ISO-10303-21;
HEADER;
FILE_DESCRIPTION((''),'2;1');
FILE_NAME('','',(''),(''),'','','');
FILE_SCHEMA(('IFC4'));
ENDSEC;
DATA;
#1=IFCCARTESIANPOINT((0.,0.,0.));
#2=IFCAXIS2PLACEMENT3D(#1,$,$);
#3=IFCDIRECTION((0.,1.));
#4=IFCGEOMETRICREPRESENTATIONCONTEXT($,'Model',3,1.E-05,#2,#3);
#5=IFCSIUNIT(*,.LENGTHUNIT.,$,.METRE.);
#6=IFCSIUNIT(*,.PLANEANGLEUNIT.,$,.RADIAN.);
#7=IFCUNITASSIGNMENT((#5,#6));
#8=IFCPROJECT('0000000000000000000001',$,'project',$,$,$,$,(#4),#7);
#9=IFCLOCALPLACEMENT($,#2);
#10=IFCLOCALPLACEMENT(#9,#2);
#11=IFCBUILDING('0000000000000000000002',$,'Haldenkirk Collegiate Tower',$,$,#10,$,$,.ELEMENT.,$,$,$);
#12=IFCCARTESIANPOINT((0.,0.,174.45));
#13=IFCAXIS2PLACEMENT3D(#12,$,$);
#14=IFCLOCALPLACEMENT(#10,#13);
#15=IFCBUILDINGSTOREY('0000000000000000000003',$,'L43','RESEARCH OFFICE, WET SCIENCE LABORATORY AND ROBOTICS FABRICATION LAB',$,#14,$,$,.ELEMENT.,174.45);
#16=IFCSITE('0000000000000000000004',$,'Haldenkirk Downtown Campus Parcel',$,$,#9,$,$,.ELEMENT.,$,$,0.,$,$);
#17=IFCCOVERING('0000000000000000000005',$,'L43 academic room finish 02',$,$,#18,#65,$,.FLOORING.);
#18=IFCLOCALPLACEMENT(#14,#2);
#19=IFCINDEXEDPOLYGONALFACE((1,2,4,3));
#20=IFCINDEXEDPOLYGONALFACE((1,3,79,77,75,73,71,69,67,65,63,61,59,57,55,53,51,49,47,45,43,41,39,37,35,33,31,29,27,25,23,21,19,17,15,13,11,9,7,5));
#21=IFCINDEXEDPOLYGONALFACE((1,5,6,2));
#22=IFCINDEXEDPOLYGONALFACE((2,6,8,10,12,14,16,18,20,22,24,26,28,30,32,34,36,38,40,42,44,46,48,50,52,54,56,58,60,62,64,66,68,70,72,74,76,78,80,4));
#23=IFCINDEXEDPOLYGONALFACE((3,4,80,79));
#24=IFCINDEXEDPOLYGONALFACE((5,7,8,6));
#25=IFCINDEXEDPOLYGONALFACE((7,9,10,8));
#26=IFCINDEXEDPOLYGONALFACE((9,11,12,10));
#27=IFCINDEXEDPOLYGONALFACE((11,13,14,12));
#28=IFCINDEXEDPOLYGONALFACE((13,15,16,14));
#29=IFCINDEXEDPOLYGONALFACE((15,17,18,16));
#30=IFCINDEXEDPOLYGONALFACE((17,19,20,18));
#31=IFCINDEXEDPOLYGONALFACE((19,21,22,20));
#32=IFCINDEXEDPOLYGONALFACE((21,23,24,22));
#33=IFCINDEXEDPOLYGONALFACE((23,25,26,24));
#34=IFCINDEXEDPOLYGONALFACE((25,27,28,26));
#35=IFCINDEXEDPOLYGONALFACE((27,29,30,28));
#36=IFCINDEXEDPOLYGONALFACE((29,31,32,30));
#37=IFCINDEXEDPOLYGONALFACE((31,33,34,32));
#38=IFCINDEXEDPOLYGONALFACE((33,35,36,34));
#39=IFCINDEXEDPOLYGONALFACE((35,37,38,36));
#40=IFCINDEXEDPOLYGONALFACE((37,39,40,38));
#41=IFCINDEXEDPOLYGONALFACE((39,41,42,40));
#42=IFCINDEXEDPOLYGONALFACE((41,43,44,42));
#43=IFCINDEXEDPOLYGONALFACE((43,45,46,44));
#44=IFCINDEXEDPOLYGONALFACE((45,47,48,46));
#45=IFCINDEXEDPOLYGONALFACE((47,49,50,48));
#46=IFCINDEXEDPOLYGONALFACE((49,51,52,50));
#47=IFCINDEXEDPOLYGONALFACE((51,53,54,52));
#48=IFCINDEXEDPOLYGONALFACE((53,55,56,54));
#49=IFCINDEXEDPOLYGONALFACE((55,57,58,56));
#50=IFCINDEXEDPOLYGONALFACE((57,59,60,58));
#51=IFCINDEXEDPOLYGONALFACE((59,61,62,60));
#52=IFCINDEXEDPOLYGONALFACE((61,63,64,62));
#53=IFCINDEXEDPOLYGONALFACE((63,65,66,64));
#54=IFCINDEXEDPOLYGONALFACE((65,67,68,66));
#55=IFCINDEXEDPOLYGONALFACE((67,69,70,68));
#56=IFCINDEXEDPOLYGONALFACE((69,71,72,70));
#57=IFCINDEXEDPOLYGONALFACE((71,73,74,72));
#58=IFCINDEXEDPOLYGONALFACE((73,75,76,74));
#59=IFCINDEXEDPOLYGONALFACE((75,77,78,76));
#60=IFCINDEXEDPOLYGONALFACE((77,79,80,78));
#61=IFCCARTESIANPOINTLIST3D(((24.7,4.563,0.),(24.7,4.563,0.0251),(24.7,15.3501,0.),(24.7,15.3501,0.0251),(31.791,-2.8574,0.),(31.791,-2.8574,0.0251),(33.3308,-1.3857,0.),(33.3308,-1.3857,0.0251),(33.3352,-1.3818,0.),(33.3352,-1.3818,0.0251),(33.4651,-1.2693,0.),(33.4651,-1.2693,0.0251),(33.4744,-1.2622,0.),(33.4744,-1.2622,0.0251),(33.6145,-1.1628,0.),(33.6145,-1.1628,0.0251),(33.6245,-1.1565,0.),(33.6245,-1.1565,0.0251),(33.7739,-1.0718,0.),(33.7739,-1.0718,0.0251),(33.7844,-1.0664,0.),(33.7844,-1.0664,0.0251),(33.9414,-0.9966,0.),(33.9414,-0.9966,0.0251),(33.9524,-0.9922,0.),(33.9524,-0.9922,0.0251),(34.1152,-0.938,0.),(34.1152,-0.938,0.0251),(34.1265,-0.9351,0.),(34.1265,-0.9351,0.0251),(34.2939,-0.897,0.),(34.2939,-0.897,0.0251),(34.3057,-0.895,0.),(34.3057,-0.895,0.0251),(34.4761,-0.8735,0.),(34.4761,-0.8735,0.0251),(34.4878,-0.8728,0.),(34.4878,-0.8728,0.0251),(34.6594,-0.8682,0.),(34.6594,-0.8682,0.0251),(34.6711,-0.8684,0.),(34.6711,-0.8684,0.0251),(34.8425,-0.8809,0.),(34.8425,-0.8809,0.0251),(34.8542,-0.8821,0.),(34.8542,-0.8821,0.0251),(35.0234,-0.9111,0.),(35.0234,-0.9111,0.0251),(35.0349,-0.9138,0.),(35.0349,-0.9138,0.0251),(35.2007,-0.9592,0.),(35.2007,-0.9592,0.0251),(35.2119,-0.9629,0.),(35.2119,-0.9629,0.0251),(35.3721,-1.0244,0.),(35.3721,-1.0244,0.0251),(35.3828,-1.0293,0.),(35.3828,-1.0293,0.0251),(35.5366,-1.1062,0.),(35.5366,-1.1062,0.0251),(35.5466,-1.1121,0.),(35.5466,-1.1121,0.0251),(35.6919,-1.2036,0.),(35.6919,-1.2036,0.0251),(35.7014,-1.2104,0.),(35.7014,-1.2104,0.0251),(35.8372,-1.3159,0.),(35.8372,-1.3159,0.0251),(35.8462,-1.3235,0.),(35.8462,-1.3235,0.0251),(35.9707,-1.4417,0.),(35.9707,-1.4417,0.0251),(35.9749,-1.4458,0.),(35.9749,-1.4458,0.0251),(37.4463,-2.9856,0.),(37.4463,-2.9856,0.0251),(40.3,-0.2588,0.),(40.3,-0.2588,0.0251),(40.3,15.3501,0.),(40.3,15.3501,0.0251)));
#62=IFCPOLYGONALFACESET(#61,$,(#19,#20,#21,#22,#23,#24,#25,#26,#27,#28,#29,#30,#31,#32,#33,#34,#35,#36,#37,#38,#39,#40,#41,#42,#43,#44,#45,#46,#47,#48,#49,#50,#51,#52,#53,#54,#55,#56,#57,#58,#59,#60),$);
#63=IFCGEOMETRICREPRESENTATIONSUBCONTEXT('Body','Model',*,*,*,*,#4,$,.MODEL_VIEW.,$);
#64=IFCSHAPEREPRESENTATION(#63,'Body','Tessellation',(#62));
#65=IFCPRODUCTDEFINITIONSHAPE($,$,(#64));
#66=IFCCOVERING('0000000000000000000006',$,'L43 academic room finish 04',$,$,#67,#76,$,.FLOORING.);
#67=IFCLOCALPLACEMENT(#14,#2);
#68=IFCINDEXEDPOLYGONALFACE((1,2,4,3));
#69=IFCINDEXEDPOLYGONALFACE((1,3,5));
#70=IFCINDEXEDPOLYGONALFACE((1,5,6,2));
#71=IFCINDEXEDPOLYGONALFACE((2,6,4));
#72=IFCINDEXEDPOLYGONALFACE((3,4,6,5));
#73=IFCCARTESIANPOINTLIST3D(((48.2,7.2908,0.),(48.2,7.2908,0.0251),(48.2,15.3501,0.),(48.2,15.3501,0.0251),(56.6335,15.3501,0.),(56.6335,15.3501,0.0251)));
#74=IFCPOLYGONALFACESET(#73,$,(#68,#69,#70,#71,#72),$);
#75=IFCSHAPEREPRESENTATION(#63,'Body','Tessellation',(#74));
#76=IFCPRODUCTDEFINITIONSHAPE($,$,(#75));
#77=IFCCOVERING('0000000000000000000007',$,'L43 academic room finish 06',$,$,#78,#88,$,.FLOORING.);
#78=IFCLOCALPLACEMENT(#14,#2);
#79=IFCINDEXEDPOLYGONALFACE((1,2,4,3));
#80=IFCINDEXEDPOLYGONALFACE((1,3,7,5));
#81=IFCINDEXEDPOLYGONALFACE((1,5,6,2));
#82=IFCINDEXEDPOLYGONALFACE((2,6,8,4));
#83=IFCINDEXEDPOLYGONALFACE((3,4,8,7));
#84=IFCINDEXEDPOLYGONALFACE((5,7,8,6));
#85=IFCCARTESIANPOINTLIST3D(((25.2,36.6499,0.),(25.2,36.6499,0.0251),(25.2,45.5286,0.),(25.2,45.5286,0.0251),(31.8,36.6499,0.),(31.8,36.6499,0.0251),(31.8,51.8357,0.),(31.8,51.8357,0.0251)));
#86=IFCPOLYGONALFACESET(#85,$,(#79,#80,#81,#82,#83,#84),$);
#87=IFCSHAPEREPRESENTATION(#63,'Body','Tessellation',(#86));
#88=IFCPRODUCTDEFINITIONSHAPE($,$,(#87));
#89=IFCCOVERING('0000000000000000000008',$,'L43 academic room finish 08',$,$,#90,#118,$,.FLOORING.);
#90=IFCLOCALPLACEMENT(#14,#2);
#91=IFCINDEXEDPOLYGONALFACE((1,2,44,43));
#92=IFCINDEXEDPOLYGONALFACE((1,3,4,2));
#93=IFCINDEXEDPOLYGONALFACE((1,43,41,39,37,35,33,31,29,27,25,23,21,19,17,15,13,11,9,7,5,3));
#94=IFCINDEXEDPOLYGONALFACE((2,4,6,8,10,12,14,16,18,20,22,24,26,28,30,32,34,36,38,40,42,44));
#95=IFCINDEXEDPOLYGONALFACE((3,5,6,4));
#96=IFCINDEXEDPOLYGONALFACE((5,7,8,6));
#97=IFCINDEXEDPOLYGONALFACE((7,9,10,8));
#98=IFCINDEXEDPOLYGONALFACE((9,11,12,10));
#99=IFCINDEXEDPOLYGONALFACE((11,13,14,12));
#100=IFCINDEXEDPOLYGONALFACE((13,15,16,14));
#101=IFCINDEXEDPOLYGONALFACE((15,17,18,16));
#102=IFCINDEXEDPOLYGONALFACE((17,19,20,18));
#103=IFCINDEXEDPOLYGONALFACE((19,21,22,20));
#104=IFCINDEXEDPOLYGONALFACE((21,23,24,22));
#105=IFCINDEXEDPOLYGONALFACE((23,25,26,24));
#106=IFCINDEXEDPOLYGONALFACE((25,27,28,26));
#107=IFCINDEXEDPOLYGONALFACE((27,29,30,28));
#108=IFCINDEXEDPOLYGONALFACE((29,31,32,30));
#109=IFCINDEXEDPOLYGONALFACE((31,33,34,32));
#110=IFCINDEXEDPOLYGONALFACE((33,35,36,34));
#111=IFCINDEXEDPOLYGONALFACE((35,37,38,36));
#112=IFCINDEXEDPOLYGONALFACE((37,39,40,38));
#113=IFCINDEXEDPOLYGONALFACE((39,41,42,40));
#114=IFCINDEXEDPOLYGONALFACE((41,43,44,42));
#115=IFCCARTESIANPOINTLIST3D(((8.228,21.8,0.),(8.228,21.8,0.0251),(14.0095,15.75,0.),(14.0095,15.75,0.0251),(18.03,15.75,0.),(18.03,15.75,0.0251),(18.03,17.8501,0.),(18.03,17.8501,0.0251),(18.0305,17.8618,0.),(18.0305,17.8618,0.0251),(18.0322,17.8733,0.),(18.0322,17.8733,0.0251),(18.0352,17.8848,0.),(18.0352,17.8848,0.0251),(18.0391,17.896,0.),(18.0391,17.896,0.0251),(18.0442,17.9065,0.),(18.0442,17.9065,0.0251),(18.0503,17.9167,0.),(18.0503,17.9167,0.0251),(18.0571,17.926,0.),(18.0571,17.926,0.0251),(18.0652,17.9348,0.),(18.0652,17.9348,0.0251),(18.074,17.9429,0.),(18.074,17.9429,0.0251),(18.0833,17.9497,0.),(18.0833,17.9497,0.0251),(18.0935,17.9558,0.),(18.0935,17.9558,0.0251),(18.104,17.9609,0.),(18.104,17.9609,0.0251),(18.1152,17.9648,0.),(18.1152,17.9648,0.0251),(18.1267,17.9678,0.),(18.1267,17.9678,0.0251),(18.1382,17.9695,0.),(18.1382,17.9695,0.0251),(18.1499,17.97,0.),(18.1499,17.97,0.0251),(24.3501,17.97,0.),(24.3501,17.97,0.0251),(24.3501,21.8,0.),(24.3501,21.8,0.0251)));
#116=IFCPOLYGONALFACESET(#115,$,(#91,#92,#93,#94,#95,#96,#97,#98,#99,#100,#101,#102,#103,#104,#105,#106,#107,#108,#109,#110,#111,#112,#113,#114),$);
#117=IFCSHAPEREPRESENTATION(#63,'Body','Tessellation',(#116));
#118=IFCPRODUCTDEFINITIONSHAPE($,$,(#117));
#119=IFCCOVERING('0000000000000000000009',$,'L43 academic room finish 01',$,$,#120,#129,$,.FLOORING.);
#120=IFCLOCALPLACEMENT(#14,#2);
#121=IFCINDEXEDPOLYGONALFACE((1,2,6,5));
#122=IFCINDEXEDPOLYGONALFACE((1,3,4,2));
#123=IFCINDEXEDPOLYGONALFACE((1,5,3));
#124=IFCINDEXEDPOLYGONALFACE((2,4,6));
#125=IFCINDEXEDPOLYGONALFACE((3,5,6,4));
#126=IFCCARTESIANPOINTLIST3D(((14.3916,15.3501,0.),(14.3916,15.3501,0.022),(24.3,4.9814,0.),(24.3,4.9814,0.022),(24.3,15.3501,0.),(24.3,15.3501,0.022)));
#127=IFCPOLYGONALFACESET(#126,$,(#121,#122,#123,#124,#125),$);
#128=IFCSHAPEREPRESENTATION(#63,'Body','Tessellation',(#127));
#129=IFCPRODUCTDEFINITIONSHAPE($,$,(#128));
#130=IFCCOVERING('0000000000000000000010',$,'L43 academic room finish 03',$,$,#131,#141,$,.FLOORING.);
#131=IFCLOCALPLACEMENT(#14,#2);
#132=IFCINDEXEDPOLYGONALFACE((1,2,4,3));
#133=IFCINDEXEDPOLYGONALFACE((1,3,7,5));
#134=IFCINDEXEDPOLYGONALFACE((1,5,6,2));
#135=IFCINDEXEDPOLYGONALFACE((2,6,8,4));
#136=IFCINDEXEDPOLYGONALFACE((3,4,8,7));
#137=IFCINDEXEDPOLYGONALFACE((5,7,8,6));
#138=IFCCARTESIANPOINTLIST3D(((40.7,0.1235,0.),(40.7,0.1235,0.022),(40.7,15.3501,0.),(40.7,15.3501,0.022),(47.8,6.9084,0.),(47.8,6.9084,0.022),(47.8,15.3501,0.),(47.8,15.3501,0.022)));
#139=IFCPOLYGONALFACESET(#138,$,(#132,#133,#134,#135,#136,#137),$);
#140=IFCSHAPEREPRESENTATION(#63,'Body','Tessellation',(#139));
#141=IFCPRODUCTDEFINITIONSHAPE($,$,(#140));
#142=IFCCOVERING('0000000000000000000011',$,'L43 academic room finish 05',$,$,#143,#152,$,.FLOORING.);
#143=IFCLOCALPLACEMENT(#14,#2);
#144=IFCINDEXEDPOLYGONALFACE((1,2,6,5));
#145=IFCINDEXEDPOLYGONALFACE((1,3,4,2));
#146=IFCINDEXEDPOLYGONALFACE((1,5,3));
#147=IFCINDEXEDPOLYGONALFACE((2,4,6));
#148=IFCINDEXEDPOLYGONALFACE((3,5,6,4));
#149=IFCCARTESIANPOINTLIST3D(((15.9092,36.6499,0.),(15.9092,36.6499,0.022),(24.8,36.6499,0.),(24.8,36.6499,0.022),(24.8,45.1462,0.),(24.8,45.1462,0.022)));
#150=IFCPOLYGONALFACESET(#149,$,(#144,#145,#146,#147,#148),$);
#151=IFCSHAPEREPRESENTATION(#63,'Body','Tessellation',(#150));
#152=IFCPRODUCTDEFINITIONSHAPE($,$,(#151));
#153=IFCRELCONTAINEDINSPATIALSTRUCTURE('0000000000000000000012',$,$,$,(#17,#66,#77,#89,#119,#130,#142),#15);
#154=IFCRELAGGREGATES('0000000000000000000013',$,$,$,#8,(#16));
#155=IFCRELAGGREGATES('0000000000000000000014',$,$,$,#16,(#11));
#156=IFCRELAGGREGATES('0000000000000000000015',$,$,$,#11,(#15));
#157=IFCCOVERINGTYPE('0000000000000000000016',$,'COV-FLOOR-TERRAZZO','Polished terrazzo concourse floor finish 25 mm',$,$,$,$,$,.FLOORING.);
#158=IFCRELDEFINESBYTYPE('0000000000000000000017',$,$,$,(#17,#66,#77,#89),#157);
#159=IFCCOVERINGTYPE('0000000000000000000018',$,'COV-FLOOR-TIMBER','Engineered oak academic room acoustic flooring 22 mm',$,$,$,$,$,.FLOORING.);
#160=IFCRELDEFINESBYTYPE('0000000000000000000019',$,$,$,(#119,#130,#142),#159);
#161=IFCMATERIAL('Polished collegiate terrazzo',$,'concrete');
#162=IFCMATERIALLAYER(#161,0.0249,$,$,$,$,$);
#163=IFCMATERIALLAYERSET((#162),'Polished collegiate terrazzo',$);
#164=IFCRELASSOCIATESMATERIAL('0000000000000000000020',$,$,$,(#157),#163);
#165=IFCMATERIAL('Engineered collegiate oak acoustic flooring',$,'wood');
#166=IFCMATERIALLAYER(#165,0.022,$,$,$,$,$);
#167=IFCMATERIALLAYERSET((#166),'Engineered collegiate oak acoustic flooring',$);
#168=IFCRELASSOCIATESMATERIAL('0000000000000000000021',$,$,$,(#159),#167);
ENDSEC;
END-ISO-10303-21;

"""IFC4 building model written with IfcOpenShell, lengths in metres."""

from ifc_helpers import new_model, si_unit, direction, frame, origin, place, context, subcontext, project, spatial, polyline, outline, extrude, material, layer, layer_set, type_object, element, save


model = new_model("IFC4")

# Units and contexts
model_context = context("Model", 3, precision=1e-05, world=origin(), true_north=direction((0.0, 1.0)))
body_context = subcontext(model_context, "Body", "Model", "MODEL_VIEW")
ifc_project = project(units=[si_unit("LENGTHUNIT", "METRE"), si_unit("PLANEANGLEUNIT", "RADIAN")], contexts=[model_context])

# Site, building, storey
site_placement = place(None, origin())
site = spatial("IfcSite", under=ifc_project, at=site_placement, Name="Haldenkirk Downtown Campus Parcel", CompositionType="ELEMENT", RefElevation=0.0)
building_placement = place(site_placement, origin())
building = spatial("IfcBuilding", under=site, at=building_placement, Name="Haldenkirk Collegiate Tower", CompositionType="ELEMENT")
storey_placement = place(building_placement, frame((0.0, 0.0, 174.45)))
storey = spatial("IfcBuildingStorey", under=building, at=storey_placement, Name="L43", Description="RESEARCH OFFICE, WET SCIENCE LABORATORY AND ROBOTICS FABRICATION LAB", CompositionType="ELEMENT", Elevation=174.45)

# Coverings
ifc_material_1 = material(Name="Polished collegiate terrazzo", Category="concrete")
ifc_layer_1 = layer(ifc_material_1, 0.0249)
ifc_layer_set_1 = layer_set([ifc_layer_1], Name="Polished collegiate terrazzo")
covering_type_1 = type_object("IfcCoveringType", Name="COV-FLOOR-TERRAZZO", Description="Polished terrazzo concourse floor finish 25 mm", PredefinedType="FLOORING", material=ifc_layer_set_1)
covering_1_placement = place(storey_placement, origin())
element("IfcCovering", 1, at=covering_1_placement, inside=storey, type_object=covering_type_1, Name="L43 academic room finish 02", PredefinedType="FLOORING", context=body_context, shape_type="SweptSolid", body=[
    extrude(outline(polyline([(35.3828, -1.0293), (35.3721, -1.0244), (35.2119, -0.9629), (35.2007, -0.9592), (35.0349, -0.9138), (35.0234, -0.9111), (34.8542, -0.8821), (34.8425, -0.8809), (34.6711, -0.8684), (34.6594, -0.8682), (34.4878, -0.8728), (34.4761, -0.8735), (34.3057, -0.895), (34.2939, -0.897), (34.1265, -0.9351), (34.1152, -0.938), (33.9524, -0.9922), (33.9414, -0.9966), (33.7844, -1.0664), (33.7739, -1.0718), (33.6245, -1.1565), (33.6145, -1.1628), (33.4744, -1.2622), (33.4651, -1.2693), (33.3352, -1.3818), (33.3308, -1.3857), (31.791, -2.8574), (24.7, 4.563), (24.7, 15.3501), (40.3, 15.3501), (40.3, -0.2588), (37.4463, -2.9856), (35.9749, -1.4458), (35.9707, -1.4417), (35.8462, -1.3235), (35.8372, -1.3159), (35.7014, -1.2104), (35.6919, -1.2036), (35.5466, -1.1121), (35.5366, -1.1062), (35.3828, -1.0293)])), origin(), (0.0, 0.0, 1.0), 0.0251),
])
covering_2_placement = place(storey_placement, origin())
element("IfcCovering", 2, at=covering_2_placement, inside=storey, type_object=covering_type_1, Name="L43 academic room finish 04", PredefinedType="FLOORING", context=body_context, shape_type="SweptSolid", body=[
    extrude(outline(polyline([(48.2, 7.2908), (48.2, 15.3501), (56.6335, 15.3501), (48.2, 7.2908)])), origin(), (0.0, 0.0, 1.0), 0.0251),
])
covering_3_placement = place(storey_placement, origin())
element("IfcCovering", 3, at=covering_3_placement, inside=storey, type_object=covering_type_1, Name="L43 academic room finish 06", PredefinedType="FLOORING", context=body_context, shape_type="SweptSolid", body=[
    extrude(outline(polyline([(31.8, 51.8357), (31.8, 36.6499), (25.2, 36.6499), (25.2, 45.5286), (31.8, 51.8357)])), origin(), (0.0, 0.0, 1.0), 0.0251),
])
covering_4_placement = place(storey_placement, origin())
element("IfcCovering", 4, at=covering_4_placement, inside=storey, type_object=covering_type_1, Name="L43 academic room finish 08", PredefinedType="FLOORING", context=body_context, shape_type="SweptSolid", body=[
    extrude(outline(polyline([(18.1499, 17.97), (18.1382, 17.9695), (18.1267, 17.9678), (18.1152, 17.9648), (18.104, 17.9609), (18.0935, 17.9558), (18.0833, 17.9497), (18.074, 17.9429), (18.0652, 17.9348), (18.0571, 17.926), (18.0503, 17.9167), (18.0442, 17.9065), (18.0391, 17.896), (18.0352, 17.8848), (18.0322, 17.8733), (18.0305, 17.8618), (18.03, 17.8501), (18.03, 15.75), (14.0095, 15.75), (8.228, 21.8), (24.3501, 21.8), (24.3501, 17.97), (18.1499, 17.97)])), origin(), (0.0, 0.0, 1.0), 0.0251),
])
ifc_material_2 = material(Name="Engineered collegiate oak acoustic flooring", Category="wood")
ifc_layer_2 = layer(ifc_material_2, 0.022)
ifc_layer_set_2 = layer_set([ifc_layer_2], Name="Engineered collegiate oak acoustic flooring")
covering_type_2 = type_object("IfcCoveringType", Name="COV-FLOOR-TIMBER", Description="Engineered oak academic room acoustic flooring 22 mm", PredefinedType="FLOORING", material=ifc_layer_set_2)
covering_5_placement = place(storey_placement, origin())
element("IfcCovering", 5, at=covering_5_placement, inside=storey, type_object=covering_type_2, Name="L43 academic room finish 01", PredefinedType="FLOORING", context=body_context, shape_type="SweptSolid", body=[
    extrude(outline(polyline([(14.3916, 15.3501), (24.3, 15.3501), (24.3, 4.9814), (14.3916, 15.3501)])), origin(), (0.0, 0.0, 1.0), 0.022),
])
covering_6_placement = place(storey_placement, origin())
element("IfcCovering", 6, at=covering_6_placement, inside=storey, type_object=covering_type_2, Name="L43 academic room finish 03", PredefinedType="FLOORING", context=body_context, shape_type="SweptSolid", body=[
    extrude(outline(polyline([(40.7, 0.1235), (40.7, 15.3501), (47.8, 15.3501), (47.8, 6.9084), (40.7, 0.1235)])), origin(), (0.0, 0.0, 1.0), 0.022),
])
covering_7_placement = place(storey_placement, origin())
element("IfcCovering", 7, at=covering_7_placement, inside=storey, type_object=covering_type_2, Name="L43 academic room finish 05", PredefinedType="FLOORING", context=body_context, shape_type="SweptSolid", body=[
    extrude(outline(polyline([(24.8, 45.1462), (24.8, 36.6499), (15.9092, 36.6499), (24.8, 45.1462)])), origin(), (0.0, 0.0, 1.0), 0.022),
])

save(model, "model.ifc")
